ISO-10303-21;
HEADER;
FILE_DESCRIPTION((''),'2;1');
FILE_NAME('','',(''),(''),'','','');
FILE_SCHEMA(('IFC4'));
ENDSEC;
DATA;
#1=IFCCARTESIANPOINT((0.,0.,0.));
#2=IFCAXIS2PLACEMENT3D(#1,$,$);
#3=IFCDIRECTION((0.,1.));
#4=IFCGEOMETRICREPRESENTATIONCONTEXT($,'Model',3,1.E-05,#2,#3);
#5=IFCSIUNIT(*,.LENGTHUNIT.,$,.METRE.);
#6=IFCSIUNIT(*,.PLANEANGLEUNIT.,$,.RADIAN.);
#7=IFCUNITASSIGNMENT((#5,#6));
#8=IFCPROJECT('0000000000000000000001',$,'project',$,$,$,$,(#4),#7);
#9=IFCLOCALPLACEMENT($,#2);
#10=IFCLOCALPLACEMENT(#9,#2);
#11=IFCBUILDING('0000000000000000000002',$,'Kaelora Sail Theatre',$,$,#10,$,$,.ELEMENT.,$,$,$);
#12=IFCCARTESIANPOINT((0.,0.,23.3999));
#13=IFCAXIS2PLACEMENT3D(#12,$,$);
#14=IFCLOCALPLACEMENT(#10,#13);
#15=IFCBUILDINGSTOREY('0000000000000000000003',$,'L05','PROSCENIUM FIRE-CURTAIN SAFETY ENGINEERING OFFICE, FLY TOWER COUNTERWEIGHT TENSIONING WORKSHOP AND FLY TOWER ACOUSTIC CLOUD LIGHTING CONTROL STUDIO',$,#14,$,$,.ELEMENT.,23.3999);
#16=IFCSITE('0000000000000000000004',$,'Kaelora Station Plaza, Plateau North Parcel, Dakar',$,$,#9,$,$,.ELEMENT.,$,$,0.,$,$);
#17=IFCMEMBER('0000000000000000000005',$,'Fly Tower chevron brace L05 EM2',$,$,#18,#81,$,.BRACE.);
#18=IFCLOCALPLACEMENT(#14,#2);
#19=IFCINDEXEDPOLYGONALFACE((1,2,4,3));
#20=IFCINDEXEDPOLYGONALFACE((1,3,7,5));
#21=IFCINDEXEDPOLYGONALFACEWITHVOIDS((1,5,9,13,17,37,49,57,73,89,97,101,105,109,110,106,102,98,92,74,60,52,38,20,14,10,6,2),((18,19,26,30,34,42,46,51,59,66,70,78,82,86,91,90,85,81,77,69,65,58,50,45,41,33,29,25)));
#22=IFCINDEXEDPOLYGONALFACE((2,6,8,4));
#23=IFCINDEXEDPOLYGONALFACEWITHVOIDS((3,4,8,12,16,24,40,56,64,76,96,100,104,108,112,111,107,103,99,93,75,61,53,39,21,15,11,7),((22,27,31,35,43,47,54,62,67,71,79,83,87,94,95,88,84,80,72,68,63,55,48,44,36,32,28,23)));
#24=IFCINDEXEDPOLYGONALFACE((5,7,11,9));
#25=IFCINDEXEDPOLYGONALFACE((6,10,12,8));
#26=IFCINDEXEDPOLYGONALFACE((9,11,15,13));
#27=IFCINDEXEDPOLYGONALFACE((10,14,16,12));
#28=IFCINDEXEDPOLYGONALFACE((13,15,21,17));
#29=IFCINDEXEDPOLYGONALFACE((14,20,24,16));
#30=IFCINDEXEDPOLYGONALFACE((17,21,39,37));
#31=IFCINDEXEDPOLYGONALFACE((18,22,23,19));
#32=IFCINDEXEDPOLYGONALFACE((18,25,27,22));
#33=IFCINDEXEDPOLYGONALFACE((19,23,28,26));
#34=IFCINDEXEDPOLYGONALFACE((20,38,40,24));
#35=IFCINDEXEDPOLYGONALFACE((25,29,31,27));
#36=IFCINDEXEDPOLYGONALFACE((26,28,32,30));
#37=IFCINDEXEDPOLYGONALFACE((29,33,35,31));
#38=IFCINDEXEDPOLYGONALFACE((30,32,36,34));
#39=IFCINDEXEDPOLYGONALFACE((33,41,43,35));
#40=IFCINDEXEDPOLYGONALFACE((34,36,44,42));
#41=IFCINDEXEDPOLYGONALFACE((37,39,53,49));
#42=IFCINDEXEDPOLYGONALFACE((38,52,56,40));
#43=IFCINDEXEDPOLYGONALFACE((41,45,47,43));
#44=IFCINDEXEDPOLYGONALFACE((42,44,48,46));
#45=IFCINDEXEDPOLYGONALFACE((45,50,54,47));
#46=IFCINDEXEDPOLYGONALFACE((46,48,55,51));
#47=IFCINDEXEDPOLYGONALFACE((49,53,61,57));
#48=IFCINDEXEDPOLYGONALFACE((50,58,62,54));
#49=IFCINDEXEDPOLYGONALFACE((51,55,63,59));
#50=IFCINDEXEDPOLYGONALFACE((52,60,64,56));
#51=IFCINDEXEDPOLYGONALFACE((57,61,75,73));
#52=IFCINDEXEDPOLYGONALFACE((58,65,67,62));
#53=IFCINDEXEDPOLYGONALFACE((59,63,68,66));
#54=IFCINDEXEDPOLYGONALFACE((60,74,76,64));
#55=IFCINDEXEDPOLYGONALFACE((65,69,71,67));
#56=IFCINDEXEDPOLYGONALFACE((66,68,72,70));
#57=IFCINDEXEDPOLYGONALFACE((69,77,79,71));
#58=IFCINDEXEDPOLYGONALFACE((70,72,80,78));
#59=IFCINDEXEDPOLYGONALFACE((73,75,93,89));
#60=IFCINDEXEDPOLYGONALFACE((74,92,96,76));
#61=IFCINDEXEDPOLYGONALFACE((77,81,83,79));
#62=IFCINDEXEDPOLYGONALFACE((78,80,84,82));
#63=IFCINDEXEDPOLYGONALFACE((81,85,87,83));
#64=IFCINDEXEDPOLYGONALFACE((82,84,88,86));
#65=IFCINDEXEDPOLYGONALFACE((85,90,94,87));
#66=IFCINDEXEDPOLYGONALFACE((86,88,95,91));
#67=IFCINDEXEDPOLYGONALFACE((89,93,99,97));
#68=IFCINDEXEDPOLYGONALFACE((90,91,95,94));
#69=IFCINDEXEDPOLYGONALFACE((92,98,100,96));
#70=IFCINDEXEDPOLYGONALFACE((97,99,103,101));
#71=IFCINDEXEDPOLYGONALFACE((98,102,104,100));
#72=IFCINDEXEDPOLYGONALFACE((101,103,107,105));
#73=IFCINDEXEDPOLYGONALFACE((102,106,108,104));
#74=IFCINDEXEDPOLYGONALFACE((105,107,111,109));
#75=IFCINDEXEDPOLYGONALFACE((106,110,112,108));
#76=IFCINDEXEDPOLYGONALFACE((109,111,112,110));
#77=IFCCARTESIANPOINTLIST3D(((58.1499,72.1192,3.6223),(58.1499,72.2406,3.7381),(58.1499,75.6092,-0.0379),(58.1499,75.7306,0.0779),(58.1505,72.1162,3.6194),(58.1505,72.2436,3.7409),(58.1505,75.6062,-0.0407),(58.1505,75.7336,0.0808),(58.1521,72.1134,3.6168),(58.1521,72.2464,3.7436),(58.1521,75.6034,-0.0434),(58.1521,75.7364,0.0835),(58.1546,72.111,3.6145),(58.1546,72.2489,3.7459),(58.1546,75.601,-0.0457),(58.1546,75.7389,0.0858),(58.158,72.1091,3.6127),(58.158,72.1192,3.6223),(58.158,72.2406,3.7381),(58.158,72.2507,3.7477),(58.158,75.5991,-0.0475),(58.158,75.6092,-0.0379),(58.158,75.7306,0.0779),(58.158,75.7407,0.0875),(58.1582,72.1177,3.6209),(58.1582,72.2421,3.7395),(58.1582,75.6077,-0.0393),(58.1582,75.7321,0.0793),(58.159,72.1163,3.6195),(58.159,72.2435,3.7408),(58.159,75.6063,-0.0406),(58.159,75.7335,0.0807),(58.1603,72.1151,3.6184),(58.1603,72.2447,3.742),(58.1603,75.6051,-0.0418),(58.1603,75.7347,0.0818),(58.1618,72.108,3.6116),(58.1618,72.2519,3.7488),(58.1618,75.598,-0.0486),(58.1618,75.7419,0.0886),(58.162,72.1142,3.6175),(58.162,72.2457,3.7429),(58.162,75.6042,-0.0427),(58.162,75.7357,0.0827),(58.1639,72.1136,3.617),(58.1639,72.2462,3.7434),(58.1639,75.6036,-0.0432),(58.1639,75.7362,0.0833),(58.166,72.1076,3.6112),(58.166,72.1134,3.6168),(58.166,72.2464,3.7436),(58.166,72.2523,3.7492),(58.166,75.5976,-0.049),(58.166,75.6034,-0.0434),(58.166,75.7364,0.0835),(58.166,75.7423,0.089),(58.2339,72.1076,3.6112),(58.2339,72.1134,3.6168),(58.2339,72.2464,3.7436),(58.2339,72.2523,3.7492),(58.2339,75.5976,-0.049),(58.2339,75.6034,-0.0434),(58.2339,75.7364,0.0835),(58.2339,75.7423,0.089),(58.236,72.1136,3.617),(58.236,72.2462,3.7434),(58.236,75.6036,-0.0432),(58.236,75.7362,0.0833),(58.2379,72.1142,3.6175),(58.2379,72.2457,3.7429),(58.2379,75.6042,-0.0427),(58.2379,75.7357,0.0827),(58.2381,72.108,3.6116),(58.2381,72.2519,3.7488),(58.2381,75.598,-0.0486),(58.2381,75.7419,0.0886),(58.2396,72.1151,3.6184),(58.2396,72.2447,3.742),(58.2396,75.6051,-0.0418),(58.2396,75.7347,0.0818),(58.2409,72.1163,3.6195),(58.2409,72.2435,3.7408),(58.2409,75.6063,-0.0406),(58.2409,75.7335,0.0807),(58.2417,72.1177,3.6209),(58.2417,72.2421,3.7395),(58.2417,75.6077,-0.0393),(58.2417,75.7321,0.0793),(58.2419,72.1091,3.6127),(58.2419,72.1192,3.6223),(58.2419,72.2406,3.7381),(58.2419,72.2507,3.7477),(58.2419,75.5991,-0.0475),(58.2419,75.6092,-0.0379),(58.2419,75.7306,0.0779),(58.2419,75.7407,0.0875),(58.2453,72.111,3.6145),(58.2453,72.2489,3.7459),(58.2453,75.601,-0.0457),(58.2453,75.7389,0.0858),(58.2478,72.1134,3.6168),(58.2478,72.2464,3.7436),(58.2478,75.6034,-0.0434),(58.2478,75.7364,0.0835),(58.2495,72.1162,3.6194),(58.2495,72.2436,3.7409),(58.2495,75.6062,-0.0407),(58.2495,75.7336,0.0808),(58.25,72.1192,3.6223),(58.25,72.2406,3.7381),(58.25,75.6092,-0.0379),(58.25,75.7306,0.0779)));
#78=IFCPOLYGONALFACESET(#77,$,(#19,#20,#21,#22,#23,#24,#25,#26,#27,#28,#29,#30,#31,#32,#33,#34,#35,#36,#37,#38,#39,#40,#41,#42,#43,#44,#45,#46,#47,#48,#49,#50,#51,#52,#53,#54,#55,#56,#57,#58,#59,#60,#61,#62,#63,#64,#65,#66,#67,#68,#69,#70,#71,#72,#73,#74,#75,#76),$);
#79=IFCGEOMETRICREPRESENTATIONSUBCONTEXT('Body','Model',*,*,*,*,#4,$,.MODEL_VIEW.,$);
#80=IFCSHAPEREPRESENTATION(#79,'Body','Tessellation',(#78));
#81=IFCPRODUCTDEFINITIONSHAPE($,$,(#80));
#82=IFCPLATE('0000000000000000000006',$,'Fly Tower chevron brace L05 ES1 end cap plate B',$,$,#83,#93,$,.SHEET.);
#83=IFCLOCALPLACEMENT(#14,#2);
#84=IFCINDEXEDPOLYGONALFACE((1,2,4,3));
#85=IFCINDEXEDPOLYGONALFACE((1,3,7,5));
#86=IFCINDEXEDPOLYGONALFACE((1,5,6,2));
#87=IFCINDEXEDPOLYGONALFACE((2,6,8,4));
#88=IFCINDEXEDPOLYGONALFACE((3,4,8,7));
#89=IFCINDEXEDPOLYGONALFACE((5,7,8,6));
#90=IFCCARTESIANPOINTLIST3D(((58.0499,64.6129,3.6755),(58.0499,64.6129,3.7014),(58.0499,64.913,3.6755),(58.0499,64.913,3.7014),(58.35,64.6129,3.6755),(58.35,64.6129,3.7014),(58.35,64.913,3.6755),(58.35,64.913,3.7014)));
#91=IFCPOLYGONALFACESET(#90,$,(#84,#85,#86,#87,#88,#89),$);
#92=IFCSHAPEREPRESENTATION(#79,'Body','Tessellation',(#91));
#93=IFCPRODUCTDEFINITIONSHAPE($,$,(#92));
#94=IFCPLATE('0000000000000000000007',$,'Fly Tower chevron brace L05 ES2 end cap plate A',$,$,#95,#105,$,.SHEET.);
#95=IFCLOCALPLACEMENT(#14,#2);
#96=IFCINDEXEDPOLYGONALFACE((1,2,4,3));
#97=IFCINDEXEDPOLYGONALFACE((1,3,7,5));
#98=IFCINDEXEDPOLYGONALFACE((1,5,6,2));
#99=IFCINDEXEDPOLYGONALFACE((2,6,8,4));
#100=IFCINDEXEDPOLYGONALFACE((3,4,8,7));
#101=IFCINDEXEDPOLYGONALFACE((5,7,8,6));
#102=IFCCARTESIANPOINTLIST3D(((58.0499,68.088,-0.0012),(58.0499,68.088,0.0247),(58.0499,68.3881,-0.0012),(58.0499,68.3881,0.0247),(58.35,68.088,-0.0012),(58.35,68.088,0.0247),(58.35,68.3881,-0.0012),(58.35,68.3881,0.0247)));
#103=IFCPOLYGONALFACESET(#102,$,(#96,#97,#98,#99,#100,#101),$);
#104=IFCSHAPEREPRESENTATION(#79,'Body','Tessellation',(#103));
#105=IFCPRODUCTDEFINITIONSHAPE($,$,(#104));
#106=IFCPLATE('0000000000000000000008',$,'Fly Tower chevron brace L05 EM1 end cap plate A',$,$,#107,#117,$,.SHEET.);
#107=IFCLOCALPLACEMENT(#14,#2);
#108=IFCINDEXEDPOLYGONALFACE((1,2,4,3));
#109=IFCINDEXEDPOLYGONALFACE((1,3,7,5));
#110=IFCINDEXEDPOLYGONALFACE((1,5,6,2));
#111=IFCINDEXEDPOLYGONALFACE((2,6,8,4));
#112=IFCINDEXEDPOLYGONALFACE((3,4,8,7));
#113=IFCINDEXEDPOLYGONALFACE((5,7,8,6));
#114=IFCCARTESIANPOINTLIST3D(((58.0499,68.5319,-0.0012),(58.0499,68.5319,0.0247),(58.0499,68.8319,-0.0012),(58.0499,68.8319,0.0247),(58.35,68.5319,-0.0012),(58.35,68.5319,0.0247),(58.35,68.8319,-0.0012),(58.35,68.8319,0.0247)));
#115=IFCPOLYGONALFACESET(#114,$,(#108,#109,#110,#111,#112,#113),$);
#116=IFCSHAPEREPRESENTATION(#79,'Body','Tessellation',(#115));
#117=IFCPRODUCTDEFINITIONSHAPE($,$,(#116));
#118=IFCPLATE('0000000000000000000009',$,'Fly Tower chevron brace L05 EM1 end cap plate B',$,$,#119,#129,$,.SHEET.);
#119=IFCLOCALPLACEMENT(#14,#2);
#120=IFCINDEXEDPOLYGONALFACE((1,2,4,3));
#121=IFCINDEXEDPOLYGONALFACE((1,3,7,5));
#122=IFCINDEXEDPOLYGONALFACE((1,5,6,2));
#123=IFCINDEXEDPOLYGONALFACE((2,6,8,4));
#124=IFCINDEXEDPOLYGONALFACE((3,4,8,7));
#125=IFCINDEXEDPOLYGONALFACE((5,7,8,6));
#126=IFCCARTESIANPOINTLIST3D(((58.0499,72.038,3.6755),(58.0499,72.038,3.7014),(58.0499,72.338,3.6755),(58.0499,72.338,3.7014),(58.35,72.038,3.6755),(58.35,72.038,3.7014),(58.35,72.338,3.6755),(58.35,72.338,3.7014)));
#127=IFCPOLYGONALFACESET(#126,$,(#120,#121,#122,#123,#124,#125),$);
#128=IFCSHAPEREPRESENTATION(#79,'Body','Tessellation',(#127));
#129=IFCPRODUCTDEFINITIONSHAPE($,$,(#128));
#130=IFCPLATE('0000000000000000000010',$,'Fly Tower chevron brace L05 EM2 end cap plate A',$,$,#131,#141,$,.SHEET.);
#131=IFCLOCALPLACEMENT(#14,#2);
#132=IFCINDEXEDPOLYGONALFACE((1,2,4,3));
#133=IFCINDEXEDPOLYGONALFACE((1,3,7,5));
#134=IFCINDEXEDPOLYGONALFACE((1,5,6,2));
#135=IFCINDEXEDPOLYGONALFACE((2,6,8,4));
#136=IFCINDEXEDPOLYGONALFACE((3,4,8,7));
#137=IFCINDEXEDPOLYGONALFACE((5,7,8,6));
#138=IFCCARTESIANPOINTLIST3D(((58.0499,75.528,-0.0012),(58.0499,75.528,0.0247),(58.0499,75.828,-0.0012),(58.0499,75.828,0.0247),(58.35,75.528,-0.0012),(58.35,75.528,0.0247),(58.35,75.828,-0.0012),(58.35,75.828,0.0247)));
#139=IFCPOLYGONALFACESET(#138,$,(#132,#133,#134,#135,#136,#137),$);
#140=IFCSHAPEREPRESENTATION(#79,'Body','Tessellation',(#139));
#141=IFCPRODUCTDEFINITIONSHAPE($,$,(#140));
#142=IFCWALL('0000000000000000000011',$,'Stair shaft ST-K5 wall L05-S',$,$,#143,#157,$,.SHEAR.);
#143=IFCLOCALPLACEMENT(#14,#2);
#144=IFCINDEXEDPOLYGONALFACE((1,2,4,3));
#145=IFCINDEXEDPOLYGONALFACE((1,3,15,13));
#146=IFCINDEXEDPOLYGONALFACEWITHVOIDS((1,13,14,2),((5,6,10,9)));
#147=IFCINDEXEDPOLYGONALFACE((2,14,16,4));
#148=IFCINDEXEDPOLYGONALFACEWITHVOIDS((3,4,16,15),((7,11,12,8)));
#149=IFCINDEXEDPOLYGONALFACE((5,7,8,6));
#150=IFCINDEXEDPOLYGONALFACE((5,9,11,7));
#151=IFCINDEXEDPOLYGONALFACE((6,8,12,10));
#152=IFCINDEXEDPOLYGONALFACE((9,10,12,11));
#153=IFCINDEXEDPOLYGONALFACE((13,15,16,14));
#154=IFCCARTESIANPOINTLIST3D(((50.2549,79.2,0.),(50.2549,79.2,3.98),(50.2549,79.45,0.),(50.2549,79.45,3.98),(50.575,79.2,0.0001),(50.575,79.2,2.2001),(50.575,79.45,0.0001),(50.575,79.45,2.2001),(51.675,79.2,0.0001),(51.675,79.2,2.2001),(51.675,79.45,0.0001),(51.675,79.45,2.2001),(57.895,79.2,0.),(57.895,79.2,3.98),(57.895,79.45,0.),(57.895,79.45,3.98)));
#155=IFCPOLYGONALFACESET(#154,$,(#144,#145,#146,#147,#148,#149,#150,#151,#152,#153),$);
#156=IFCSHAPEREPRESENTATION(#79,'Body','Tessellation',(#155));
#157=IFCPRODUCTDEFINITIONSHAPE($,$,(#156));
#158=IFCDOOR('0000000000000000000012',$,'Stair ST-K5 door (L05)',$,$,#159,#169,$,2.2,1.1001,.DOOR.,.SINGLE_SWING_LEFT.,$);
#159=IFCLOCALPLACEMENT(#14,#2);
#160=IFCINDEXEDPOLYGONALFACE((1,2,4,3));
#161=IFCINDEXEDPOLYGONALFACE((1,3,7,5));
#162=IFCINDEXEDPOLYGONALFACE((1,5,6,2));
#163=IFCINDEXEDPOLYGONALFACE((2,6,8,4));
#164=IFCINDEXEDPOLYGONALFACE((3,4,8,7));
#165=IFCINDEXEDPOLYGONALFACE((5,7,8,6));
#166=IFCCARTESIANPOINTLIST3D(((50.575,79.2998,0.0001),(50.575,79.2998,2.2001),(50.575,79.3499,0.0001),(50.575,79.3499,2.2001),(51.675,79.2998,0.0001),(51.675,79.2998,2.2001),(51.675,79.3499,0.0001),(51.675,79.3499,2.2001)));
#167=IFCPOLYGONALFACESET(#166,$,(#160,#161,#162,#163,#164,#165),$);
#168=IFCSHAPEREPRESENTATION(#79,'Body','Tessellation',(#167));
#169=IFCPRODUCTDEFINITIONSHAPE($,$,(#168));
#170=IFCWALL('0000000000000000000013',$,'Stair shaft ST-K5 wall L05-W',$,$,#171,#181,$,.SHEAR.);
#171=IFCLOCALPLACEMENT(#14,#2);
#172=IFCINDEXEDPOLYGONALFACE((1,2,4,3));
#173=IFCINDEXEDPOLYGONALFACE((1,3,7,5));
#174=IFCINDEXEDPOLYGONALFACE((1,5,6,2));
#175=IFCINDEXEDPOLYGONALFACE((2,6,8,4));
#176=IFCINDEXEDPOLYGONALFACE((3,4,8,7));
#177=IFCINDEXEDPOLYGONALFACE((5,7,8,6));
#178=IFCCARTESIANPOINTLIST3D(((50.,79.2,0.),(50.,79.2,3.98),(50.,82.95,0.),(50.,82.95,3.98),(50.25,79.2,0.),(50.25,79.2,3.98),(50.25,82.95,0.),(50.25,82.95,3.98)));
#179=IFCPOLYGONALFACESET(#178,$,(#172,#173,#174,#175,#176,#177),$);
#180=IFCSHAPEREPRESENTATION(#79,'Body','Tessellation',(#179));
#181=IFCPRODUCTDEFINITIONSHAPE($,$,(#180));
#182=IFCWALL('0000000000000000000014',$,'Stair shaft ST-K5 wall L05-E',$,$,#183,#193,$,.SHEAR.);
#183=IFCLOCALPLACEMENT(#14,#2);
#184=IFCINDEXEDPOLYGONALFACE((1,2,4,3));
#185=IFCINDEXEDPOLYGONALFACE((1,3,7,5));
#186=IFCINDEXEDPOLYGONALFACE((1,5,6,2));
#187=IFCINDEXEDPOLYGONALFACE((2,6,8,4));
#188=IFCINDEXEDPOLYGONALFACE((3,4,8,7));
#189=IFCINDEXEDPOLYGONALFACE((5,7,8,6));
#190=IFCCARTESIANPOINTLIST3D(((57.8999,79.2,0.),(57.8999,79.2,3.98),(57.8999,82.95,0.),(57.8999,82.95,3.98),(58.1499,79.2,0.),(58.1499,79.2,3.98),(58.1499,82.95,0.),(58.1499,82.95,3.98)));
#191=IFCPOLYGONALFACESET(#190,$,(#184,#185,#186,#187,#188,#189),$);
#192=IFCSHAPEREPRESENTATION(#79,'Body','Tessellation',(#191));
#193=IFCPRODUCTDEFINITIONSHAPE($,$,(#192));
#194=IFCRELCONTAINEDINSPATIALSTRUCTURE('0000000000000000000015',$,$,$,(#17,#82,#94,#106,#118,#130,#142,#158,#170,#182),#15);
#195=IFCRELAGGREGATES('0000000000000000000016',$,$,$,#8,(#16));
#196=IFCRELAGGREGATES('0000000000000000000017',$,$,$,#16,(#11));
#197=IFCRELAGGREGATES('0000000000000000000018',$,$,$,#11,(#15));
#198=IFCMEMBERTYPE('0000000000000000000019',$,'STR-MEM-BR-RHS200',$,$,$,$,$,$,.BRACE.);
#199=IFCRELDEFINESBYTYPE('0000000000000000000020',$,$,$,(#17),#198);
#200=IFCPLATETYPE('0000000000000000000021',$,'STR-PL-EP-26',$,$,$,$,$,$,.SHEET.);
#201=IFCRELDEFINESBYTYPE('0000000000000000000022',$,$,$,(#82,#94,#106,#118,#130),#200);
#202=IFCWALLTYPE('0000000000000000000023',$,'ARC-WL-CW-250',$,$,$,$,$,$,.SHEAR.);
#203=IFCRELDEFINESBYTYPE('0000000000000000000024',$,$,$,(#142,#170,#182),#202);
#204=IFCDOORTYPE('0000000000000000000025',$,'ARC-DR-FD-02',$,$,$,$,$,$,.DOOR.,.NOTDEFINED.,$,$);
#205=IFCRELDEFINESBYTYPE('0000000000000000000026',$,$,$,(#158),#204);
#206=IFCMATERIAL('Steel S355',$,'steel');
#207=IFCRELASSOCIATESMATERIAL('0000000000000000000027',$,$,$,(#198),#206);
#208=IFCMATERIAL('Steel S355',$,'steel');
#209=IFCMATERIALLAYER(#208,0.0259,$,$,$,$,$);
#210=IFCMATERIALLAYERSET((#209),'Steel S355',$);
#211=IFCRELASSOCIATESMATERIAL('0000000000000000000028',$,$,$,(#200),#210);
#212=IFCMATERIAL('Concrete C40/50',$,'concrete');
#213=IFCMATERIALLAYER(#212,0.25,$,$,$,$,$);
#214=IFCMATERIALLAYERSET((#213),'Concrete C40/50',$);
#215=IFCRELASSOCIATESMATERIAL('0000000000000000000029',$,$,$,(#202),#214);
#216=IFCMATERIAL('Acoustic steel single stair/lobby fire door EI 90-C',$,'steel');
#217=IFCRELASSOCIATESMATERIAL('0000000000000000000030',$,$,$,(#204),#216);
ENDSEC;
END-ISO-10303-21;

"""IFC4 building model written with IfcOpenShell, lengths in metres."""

from ifc_helpers import new_model, si_unit, direction, frame, frame_2d, origin, origin_2d, place, context, subcontext, project, spatial, rectangle, hollow_rectangle, extrude, material, layer, layer_set, material_profile, profile_set, type_object, element, fill, save


model = new_model("IFC4")

# Units and contexts
model_context = context("Model", 3, precision=1e-05, world=origin(), true_north=direction((0.0, 1.0)))
body_context = subcontext(model_context, "Body", "Model", "MODEL_VIEW")
ifc_project = project(units=[si_unit("LENGTHUNIT", "METRE"), si_unit("PLANEANGLEUNIT", "RADIAN")], contexts=[model_context])

# Site, building, storey
site_placement = place(None, origin())
site = spatial("IfcSite", under=ifc_project, at=site_placement, Name="Kaelora Station Plaza, Plateau North Parcel, Dakar", CompositionType="ELEMENT", RefElevation=0.0)
building_placement = place(site_placement, origin())
building = spatial("IfcBuilding", under=site, at=building_placement, Name="Kaelora Sail Theatre", CompositionType="ELEMENT")
storey_placement = place(building_placement, frame((0.0, 0.0, 23.3999)))
storey = spatial("IfcBuildingStorey", under=building, at=storey_placement, Name="L05", Description="PROSCENIUM FIRE-CURTAIN SAFETY ENGINEERING OFFICE, FLY TOWER COUNTERWEIGHT TENSIONING WORKSHOP AND FLY TOWER ACOUSTIC CLOUD LIGHTING CONTROL STUDIO", CompositionType="ELEMENT", Elevation=23.3999)

# Member
ifc_material_1 = material(Name="Steel S355", Category="steel")
ifc_material_profile_1 = material_profile(ifc_material_1, hollow_rectangle(XDim=0.1001, YDim=0.2, WallThickness=0.0081, InnerFilletRadius=0.0081, OuterFilletRadius=0.0161, at=origin_2d()), Name="RHS 200x100x8.0")
ifc_profile_set_1 = profile_set([ifc_material_profile_1], Name="Steel S355")
member_type = type_object("IfcMemberType", Name="STR-MEM-BR-RHS200", PredefinedType="BRACE", material=ifc_profile_set_1)
for number, where, z_axis, x_axis, name in (
    (1, (58.2, 75.6699, 0.02), (0.0, -0.690083, 0.72373), (1.0, 0.0, 0.0), "Fly Tower chevron brace L05 EM2"),
):
    element("IfcMember", number, at=place(storey_placement, frame(where, z_axis=z_axis, x_axis=x_axis)), inside=storey, type_object=member_type, Name=name, PredefinedType="BRACE", context=body_context, shape_type="SweptSolid", body=[
        extrude(hollow_rectangle(XDim=0.1001, YDim=0.2, WallThickness=0.0081, InnerFilletRadius=0.0081, OuterFilletRadius=0.0161, at=origin_2d()), origin(), (0.0, 0.0, 1.0), 5.0574),
    ])

# Plates
ifc_material_2 = material(Name="Steel S355", Category="steel")
ifc_layer_1 = layer(ifc_material_2, 0.0259)
ifc_layer_set_1 = layer_set([ifc_layer_1], Name="Steel S355")
plate_type = type_object("IfcPlateType", Name="STR-PL-EP-26", PredefinedType="SHEET", material=ifc_layer_set_1)
for number, where, z_axis, x_axis, name in (
    (2, (58.2, 64.7629, 3.6755), (0.0, 0.0, 1.0), (1.0, 0.0, 0.0), "Fly Tower chevron brace L05 ES1 end cap plate B"),
    (3, (58.2, 68.238, -0.0012), (0.0, 0.0, 1.0), (1.0, 0.0, 0.0), "Fly Tower chevron brace L05 ES2 end cap plate A"),
    (4, (58.2, 68.6819, -0.0012), (0.0, 0.0, 1.0), (1.0, 0.0, 0.0), "Fly Tower chevron brace L05 EM1 end cap plate A"),
    (5, (58.2, 72.188, 3.6755), (0.0, 0.0, 1.0), (1.0, 0.0, 0.0), "Fly Tower chevron brace L05 EM1 end cap plate B"),
    (6, (58.2, 75.678, -0.0012), (0.0, 0.0, 1.0), (1.0, 0.0, 0.0), "Fly Tower chevron brace L05 EM2 end cap plate A"),
):
    element("IfcPlate", number, at=place(storey_placement, frame(where, z_axis=z_axis, x_axis=x_axis)), inside=storey, type_object=plate_type, Name=name, PredefinedType="SHEET", context=body_context, shape_type="SweptSolid", body=[
        extrude(rectangle(XDim=0.3, YDim=0.3, at=origin_2d()), origin(), (0.0, 0.0, 1.0), 0.0259),
    ])

# Wall, opening, door
ifc_material_3 = material(Name="Concrete C40/50", Category="concrete")
ifc_layer_2 = layer(ifc_material_3, 0.25)
ifc_layer_set_2 = layer_set([ifc_layer_2], Name="Concrete C40/50")
wall_type_1 = type_object("IfcWallType", Name="ARC-WL-CW-250", PredefinedType="SHEAR", material=ifc_layer_set_2)
wall_1_placement = place(storey_placement, frame((50.2549, 79.325, 0.0), z_axis=(0.0, 0.0, 1.0), x_axis=(1.0, 0.0, 0.0)))
wall_1 = element("IfcWall", 7, at=wall_1_placement, inside=storey, type_object=wall_type_1, Name="Stair shaft ST-K5 wall L05-S", PredefinedType="SHEAR", context=body_context, shape_type="SweptSolid", body=[
    extrude(rectangle(XDim=7.6401, YDim=0.25, at=frame_2d((3.8201, 0.0))), origin(), (0.0, 0.0, 1.0), 3.98),
])
opening_1_placement = place(wall_1_placement, frame((0.3201, 0.0, 0.0)))
opening_1 = element("IfcOpeningElement", 8, at=opening_1_placement, cuts=wall_1, PredefinedType="OPENING", context=body_context, shape_type="SweptSolid", body=[
    extrude(rectangle(XDim=1.1001, YDim=2.2, at=frame_2d((0.55, 1.1001))), frame((0.0, 0.135, 0.0), z_axis=(0.0, -1.0, 0.0), x_axis=(1.0, 0.0, 0.0)), (0.0, 0.0, 1.0), 0.27),
])
ifc_material_4 = material(Name="Acoustic steel single stair/lobby fire door EI 90-C", Category="steel")
door_type_1 = type_object("IfcDoorType", Name="ARC-DR-FD-02", OperationType="NOTDEFINED", PredefinedType="DOOR", material=ifc_material_4)
door_1_placement = place(opening_1_placement, origin())
door_1 = element("IfcDoor", 9, at=door_1_placement, inside=storey, type_object=door_type_1, Name="Stair ST-K5 door (L05)", OperationType="SINGLE_SWING_LEFT", OverallHeight=2.2, OverallWidth=1.1001, PredefinedType="DOOR", context=body_context, shape_type="SweptSolid", body=[
    extrude(rectangle(XDim=1.1001, YDim=2.2, at=frame_2d((0.55, 1.1001))), frame((0.0, 0.0249, 0.0), z_axis=(0.0, -1.0, 0.0), x_axis=(1.0, 0.0, 0.0)), (0.0, 0.0, 1.0), 0.05),
])
fill(opening_1, door_1)

# Walls
for number, where, z_axis, x_axis, name in (
    (10, (50.125, 79.2, 0.0), (0.0, 0.0, 1.0), (0.0, 1.0, 0.0), "Stair shaft ST-K5 wall L05-W"),
    (11, (58.0249, 79.2, 0.0), (0.0, 0.0, 1.0), (0.0, 1.0, 0.0), "Stair shaft ST-K5 wall L05-E"),
):
    element("IfcWall", number, at=place(storey_placement, frame(where, z_axis=z_axis, x_axis=x_axis)), inside=storey, type_object=wall_type_1, Name=name, PredefinedType="SHEAR", context=body_context, shape_type="SweptSolid", body=[
        extrude(rectangle(XDim=3.75, YDim=0.25, at=frame_2d((1.875, 0.0))), origin(), (0.0, 0.0, 1.0), 3.98),
    ])

save(model, "model.ifc")
